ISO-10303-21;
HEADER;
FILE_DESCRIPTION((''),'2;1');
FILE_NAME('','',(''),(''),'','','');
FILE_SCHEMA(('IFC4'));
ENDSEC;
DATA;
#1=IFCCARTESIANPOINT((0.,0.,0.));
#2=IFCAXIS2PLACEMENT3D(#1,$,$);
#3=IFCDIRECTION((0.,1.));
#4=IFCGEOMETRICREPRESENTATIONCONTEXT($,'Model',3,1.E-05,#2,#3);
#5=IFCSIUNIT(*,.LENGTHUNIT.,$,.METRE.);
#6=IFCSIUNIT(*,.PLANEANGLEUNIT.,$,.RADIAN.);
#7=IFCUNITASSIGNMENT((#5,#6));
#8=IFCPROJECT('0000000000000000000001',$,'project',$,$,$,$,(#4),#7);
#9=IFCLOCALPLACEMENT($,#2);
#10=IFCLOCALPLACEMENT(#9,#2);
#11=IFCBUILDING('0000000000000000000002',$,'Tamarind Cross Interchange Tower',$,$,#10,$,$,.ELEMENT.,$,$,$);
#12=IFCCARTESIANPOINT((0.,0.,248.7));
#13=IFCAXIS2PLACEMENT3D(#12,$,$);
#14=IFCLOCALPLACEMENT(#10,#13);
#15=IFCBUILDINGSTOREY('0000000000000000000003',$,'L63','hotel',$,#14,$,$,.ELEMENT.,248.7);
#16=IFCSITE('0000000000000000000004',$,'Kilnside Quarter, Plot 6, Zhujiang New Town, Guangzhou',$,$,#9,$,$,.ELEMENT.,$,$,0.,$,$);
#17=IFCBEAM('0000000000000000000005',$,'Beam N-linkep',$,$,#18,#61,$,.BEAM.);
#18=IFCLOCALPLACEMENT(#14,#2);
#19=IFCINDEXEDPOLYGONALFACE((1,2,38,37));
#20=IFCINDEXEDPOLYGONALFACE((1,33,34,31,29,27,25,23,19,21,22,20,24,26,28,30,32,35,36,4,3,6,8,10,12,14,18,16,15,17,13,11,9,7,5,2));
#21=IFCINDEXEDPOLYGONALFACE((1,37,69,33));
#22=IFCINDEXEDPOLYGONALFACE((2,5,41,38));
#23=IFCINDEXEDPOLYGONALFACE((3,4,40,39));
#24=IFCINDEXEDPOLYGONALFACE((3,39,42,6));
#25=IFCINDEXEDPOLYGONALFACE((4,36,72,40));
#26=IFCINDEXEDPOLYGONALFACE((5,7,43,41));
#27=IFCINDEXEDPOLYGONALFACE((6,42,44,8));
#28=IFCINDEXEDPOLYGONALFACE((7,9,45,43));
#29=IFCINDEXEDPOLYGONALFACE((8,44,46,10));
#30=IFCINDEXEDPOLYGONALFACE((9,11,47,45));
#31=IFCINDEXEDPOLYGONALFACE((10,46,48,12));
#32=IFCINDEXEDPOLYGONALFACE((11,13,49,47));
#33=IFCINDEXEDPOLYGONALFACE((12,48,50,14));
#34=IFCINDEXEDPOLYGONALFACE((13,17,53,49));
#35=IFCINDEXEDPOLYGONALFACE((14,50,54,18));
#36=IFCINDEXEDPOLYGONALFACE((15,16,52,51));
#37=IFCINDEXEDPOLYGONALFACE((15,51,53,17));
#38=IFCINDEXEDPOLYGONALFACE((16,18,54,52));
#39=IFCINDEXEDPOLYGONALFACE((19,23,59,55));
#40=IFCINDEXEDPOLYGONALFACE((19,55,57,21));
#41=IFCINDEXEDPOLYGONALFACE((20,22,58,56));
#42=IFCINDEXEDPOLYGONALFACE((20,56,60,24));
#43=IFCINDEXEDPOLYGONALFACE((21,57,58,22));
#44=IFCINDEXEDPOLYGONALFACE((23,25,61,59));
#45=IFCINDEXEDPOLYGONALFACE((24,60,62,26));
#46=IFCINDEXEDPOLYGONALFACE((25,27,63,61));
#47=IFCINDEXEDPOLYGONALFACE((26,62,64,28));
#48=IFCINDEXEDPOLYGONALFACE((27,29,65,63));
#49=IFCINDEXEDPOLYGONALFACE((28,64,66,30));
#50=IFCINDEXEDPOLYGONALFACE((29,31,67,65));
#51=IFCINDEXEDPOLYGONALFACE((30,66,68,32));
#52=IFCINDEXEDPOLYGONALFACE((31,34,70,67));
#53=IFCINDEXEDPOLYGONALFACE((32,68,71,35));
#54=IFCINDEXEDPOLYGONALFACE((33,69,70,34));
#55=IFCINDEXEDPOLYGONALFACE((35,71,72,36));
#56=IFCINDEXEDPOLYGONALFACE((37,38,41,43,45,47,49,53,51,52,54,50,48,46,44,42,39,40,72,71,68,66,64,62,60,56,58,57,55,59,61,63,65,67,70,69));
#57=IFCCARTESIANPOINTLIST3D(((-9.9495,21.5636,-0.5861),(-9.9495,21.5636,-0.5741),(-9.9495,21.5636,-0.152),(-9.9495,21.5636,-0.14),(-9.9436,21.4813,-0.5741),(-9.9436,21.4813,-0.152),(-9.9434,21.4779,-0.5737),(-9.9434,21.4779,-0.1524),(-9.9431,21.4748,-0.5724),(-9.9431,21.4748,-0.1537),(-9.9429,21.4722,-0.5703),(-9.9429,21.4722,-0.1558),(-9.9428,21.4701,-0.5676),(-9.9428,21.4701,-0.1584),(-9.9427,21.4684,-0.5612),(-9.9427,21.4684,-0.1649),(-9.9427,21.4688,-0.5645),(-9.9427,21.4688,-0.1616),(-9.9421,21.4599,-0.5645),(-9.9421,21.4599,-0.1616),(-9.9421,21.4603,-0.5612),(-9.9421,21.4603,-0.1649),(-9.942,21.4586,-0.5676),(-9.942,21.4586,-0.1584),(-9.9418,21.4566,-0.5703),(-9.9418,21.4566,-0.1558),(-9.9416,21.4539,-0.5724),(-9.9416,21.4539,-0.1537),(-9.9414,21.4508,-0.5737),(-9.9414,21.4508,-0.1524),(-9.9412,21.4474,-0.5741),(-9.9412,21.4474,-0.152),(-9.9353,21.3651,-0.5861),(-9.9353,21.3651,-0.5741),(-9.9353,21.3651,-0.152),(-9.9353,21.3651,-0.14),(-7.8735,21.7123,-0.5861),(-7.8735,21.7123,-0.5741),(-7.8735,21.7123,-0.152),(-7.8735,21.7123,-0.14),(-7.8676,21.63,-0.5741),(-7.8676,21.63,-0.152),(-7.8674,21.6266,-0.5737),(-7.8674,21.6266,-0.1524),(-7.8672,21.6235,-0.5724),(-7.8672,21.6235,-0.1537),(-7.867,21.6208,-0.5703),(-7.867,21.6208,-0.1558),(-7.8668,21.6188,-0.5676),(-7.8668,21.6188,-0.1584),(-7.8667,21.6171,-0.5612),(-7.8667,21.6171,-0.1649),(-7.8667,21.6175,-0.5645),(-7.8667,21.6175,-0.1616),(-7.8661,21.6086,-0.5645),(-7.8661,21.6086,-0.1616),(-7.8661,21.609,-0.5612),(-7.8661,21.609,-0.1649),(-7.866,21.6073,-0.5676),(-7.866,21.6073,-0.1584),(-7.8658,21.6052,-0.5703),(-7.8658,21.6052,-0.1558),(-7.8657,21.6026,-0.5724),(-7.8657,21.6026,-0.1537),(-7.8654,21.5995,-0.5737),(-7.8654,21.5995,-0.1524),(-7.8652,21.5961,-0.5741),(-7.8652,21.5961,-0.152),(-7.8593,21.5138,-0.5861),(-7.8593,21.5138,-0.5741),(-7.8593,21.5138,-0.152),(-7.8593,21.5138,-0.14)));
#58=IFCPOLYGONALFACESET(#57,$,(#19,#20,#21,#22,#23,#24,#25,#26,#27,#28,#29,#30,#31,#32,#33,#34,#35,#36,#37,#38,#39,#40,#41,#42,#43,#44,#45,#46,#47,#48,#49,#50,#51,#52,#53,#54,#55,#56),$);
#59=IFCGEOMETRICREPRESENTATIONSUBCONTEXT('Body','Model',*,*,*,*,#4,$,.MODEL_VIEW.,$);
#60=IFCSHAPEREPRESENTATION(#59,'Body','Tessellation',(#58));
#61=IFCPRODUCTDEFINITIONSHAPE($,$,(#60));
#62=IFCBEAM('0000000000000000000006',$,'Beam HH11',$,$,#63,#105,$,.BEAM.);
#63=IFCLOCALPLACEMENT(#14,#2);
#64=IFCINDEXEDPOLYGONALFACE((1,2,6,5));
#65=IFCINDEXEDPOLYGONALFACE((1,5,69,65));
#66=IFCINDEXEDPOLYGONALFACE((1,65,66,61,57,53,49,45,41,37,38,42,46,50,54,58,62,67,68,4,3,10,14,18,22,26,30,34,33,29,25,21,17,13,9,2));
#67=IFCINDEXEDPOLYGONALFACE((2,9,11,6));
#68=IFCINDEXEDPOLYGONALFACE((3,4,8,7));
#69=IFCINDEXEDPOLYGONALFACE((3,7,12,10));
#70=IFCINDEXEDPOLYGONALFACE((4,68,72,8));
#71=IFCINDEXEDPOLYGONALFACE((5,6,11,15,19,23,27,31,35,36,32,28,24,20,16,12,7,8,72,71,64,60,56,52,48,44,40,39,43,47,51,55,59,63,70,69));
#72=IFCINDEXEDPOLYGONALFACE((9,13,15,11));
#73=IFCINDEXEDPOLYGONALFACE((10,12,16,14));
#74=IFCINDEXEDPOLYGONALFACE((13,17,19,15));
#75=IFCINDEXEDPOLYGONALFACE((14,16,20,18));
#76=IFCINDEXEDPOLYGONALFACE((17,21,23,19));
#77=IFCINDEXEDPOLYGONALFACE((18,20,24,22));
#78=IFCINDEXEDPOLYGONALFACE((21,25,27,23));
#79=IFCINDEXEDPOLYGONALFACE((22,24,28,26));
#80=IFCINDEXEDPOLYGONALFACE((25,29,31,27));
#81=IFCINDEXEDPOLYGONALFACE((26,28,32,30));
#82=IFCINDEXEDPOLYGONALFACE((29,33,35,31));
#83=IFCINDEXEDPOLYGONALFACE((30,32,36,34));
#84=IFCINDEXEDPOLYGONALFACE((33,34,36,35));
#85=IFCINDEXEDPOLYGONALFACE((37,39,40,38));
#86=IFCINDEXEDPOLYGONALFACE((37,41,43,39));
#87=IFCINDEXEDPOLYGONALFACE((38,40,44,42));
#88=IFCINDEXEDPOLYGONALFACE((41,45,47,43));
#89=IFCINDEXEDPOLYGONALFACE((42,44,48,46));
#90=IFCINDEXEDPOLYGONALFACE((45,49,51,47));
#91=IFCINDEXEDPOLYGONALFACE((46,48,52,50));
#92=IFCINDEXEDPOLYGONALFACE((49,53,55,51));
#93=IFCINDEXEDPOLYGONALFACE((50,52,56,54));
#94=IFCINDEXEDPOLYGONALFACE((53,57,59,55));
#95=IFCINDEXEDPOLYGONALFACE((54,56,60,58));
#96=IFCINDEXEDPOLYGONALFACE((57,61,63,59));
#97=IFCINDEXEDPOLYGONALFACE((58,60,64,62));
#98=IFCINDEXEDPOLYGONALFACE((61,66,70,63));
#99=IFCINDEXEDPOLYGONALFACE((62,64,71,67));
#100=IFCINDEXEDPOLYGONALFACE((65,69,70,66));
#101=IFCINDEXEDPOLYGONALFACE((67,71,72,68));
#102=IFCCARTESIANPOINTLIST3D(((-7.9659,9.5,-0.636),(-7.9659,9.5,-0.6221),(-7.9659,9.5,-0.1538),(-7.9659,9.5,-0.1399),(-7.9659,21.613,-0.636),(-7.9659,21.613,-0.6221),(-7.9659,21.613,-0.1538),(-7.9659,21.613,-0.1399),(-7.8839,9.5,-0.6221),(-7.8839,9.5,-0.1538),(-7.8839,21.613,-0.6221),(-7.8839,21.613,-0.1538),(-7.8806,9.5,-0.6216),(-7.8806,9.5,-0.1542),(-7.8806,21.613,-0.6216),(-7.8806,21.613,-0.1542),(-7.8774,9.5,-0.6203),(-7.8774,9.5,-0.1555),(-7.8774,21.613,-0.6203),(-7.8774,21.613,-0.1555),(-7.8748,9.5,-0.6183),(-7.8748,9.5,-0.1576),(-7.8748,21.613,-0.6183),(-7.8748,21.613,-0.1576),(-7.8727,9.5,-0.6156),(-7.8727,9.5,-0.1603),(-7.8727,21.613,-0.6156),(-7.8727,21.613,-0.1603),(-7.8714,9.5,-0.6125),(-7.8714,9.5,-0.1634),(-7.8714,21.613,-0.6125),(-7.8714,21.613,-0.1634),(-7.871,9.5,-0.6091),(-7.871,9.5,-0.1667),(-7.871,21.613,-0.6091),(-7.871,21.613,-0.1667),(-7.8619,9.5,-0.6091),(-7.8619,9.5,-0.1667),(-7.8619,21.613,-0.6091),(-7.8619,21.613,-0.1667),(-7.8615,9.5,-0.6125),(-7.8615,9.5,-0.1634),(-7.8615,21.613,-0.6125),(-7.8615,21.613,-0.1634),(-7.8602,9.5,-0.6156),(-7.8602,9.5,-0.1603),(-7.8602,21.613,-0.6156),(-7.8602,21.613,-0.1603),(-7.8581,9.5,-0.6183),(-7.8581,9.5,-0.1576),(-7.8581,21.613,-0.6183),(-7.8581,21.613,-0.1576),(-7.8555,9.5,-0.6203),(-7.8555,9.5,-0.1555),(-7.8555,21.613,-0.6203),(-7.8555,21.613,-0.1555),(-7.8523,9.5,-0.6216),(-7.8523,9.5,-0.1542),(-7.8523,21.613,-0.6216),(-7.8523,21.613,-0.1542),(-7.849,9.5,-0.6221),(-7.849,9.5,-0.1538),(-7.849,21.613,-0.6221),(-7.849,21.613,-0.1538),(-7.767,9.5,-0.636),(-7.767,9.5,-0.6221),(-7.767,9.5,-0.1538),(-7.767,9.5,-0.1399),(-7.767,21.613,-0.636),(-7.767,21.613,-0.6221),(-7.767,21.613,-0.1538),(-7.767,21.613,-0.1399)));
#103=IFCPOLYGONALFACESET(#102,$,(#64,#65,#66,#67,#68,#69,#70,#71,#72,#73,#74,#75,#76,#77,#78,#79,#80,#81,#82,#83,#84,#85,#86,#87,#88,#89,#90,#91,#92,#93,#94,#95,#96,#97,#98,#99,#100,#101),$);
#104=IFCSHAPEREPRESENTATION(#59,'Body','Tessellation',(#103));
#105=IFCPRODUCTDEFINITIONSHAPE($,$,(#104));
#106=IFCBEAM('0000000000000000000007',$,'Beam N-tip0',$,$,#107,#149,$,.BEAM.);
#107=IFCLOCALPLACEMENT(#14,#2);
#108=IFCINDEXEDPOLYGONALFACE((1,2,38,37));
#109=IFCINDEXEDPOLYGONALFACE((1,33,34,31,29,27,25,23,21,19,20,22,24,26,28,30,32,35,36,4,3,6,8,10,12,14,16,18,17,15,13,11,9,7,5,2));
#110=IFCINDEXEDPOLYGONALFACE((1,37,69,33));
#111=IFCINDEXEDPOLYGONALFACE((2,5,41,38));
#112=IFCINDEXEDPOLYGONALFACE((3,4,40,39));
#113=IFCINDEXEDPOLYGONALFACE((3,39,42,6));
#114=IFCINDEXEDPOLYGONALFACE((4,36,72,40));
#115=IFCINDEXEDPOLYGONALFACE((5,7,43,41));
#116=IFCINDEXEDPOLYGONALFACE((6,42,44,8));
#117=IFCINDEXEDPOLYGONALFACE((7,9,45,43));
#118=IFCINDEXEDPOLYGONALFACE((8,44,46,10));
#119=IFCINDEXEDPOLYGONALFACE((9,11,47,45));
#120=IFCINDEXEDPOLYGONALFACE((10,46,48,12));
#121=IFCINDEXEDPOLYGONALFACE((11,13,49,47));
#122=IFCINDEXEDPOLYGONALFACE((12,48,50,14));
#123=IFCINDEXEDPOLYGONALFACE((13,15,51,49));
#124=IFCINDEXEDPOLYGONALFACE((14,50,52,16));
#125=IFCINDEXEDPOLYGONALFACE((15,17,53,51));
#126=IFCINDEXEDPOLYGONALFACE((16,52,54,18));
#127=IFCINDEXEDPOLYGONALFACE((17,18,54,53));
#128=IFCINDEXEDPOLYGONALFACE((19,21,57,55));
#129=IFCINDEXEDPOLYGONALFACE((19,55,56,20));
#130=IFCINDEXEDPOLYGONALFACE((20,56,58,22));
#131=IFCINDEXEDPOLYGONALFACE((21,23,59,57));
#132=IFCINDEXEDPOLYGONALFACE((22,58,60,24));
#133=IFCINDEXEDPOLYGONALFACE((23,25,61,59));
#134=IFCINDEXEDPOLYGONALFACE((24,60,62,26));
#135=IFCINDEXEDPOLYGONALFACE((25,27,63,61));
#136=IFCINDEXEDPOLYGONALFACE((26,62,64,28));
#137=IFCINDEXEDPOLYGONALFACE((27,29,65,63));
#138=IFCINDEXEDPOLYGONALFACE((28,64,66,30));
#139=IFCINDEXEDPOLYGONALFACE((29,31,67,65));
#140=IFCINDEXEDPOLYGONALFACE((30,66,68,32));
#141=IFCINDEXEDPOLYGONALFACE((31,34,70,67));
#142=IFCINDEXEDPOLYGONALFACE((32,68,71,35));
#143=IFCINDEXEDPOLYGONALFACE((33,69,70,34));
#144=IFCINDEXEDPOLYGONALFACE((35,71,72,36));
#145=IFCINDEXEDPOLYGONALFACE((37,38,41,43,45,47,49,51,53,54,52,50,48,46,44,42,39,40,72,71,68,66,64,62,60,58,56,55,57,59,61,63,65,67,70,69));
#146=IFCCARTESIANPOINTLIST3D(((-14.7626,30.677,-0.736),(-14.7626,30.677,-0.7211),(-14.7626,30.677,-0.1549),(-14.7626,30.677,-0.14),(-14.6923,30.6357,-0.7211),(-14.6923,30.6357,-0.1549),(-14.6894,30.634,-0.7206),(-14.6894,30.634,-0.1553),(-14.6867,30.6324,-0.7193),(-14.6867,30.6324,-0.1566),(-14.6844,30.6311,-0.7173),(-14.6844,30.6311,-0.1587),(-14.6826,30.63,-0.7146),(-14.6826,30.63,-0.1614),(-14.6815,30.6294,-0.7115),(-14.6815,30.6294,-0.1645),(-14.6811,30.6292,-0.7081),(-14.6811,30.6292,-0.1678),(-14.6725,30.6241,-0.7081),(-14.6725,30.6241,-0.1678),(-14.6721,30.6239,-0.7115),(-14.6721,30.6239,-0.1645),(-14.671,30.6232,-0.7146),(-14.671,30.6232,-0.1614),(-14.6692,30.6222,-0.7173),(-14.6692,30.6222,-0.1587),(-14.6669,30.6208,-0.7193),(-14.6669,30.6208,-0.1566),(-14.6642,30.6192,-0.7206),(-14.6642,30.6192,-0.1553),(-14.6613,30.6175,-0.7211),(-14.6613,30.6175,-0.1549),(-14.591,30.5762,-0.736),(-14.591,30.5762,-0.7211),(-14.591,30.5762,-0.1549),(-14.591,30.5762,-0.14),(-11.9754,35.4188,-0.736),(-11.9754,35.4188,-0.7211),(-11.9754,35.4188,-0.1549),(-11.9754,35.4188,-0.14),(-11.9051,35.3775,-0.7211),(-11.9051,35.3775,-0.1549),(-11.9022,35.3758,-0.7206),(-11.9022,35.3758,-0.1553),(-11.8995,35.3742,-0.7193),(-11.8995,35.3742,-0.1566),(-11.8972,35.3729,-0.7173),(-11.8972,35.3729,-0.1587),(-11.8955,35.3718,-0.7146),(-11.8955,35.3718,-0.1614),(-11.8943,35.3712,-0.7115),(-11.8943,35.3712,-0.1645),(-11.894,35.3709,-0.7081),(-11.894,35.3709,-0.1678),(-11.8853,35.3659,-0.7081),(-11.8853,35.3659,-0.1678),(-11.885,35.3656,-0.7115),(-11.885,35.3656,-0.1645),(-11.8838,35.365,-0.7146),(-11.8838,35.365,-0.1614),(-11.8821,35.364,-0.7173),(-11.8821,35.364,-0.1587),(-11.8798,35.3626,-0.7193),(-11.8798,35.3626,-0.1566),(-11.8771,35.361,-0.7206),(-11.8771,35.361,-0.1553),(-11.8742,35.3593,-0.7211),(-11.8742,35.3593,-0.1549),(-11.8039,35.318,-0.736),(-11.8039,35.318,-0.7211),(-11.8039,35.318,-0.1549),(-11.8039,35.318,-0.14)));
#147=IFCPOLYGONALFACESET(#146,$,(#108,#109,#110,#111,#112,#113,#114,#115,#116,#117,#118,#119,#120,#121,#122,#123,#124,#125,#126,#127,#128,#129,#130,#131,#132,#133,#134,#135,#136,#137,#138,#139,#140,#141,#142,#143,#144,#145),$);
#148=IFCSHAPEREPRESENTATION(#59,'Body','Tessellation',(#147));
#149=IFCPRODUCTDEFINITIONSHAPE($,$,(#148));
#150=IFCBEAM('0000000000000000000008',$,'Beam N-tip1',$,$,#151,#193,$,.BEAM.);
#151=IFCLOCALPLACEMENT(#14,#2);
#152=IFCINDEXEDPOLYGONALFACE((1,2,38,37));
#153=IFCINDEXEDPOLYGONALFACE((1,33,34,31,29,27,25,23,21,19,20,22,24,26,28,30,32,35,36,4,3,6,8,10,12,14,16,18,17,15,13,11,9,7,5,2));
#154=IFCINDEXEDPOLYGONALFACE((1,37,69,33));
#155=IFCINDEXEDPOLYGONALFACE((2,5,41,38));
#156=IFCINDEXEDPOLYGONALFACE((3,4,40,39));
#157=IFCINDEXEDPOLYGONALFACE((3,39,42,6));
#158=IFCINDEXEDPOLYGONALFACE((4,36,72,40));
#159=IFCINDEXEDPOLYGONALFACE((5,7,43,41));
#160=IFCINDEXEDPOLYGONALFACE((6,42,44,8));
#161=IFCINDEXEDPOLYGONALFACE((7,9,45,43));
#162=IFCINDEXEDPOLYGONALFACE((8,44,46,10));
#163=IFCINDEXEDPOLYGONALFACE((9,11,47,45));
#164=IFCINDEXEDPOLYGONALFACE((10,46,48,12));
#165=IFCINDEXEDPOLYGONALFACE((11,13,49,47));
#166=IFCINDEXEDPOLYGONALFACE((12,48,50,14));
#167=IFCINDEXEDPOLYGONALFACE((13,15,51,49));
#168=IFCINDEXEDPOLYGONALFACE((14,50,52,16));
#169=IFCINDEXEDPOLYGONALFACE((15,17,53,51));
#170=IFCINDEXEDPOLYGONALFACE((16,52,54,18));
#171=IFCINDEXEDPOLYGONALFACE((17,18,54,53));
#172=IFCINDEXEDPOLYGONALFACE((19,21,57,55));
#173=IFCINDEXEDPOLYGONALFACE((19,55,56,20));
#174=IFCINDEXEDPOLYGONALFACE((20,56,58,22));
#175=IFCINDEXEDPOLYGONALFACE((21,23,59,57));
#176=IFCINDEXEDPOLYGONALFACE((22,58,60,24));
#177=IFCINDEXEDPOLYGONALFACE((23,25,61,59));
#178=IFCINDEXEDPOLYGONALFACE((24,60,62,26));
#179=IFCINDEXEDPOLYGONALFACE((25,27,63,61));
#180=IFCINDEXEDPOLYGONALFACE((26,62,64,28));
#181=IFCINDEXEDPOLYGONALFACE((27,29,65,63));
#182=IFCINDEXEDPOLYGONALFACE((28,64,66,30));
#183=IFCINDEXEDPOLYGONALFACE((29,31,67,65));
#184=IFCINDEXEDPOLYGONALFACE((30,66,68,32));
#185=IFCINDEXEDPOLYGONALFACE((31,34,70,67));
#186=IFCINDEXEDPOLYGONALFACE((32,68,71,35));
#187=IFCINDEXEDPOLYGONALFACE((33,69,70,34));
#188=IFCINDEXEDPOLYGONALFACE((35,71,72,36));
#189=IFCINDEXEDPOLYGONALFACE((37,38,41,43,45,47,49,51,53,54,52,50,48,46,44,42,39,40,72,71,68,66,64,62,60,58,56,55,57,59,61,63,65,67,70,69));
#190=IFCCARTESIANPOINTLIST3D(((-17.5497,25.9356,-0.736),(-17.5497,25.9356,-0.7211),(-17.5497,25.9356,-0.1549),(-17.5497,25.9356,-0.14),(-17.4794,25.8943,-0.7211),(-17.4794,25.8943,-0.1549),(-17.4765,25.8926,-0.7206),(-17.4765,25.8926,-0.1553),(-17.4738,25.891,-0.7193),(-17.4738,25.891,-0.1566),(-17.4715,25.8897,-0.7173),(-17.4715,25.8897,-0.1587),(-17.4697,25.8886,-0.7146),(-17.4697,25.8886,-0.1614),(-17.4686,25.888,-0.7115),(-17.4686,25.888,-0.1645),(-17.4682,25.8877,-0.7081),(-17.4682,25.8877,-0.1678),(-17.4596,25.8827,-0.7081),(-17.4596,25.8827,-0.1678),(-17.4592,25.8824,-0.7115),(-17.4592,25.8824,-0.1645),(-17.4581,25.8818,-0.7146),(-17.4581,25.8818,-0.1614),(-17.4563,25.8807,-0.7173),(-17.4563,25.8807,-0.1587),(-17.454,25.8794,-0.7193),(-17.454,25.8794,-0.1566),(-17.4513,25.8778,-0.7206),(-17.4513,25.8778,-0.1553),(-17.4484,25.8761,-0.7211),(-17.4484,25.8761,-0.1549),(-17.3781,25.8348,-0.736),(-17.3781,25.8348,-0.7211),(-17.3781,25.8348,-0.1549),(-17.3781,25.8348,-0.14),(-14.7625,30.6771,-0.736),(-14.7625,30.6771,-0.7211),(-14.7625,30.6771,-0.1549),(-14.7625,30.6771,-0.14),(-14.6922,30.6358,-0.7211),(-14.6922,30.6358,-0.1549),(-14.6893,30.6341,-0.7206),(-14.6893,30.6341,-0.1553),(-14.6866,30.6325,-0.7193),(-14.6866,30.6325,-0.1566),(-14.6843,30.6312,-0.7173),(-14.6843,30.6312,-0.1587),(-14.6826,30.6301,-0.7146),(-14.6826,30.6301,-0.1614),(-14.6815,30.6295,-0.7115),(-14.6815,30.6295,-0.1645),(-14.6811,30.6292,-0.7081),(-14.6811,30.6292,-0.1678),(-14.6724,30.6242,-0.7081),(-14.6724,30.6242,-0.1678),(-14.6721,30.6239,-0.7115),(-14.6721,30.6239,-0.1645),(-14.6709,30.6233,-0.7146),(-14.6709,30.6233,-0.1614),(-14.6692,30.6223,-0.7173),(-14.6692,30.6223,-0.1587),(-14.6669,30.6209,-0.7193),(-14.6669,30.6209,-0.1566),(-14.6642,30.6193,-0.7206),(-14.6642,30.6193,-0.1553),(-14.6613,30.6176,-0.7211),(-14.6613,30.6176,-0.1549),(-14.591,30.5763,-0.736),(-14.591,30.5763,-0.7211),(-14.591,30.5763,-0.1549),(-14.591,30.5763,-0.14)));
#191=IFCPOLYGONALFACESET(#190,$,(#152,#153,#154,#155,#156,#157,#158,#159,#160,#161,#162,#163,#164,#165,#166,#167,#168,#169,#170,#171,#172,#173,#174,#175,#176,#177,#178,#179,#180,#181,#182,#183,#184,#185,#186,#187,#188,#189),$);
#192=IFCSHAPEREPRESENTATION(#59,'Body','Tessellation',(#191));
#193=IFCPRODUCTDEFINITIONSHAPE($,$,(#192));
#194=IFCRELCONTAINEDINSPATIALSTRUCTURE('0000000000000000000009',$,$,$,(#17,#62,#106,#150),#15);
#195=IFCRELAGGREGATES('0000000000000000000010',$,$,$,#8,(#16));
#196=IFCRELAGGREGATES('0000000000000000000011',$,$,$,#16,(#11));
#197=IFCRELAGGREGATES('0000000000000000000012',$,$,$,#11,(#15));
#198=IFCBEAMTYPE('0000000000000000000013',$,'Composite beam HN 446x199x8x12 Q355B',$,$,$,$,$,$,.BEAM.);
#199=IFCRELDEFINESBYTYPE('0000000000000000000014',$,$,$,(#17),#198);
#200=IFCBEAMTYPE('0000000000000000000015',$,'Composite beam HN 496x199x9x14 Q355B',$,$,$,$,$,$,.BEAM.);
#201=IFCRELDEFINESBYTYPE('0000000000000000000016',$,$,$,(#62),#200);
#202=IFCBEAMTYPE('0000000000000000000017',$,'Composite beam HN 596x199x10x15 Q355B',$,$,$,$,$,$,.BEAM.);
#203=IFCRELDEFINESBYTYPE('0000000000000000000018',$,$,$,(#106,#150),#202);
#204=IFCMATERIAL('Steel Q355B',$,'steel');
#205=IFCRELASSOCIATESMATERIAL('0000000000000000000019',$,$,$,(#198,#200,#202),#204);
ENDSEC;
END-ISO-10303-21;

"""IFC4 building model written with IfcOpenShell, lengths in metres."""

from ifc_helpers import new_model, si_unit, direction, frame, origin, origin_2d, place, context, subcontext, project, spatial, i_section, extrude, material, material_profile, profile_set, type_object, element, save


model = new_model("IFC4")

# Units and contexts
model_context = context("Model", 3, precision=1e-05, world=origin(), true_north=direction((0.0, 1.0)))
body_context = subcontext(model_context, "Body", "Model", "MODEL_VIEW")
ifc_project = project(units=[si_unit("LENGTHUNIT", "METRE"), si_unit("PLANEANGLEUNIT", "RADIAN")], contexts=[model_context])

# Site, building, storey
site_placement = place(None, origin())
site = spatial("IfcSite", under=ifc_project, at=site_placement, Name="Kilnside Quarter, Plot 6, Zhujiang New Town, Guangzhou", CompositionType="ELEMENT", RefElevation=0.0)
building_placement = place(site_placement, origin())
building = spatial("IfcBuilding", under=site, at=building_placement, Name="Tamarind Cross Interchange Tower", CompositionType="ELEMENT")
storey_placement = place(building_placement, frame((0.0, 0.0, 248.7)))
storey = spatial("IfcBuildingStorey", under=building, at=storey_placement, Name="L63", Description="hotel", CompositionType="ELEMENT", Elevation=248.7)

# Beams
ifc_material_1 = material(Name="Steel Q355B", Category="steel")
ifc_material_profile_1 = material_profile(ifc_material_1, i_section(OverallWidth=0.199, OverallDepth=0.446, WebThickness=0.0081, FlangeThickness=0.012, FilletRadius=0.0129, at=origin_2d()), Name="HN 446x199x8x12")
ifc_profile_set_1 = profile_set([ifc_material_profile_1], Name="Steel Q355B")
beam_type_1 = type_object("IfcBeamType", Name="Composite beam HN 446x199x8x12 Q355B", PredefinedType="BEAM", material=ifc_profile_set_1)
beam_1_placement = place(storey_placement, frame((-9.9424, 21.4644, -0.363), z_axis=(0.997445, 0.071439, 0.0), x_axis=(-0.071439, 0.997445, 0.0)))
element("IfcBeam", 1, at=beam_1_placement, inside=storey, type_object=beam_type_1, Name="Beam N-linkep", PredefinedType="BEAM", context=body_context, shape_type="SweptSolid", body=[
    extrude(i_section(OverallWidth=0.199, OverallDepth=0.446, WebThickness=0.0081, FlangeThickness=0.012, FilletRadius=0.0129, at=origin_2d()), origin(), (0.0, 0.0, 1.0), 2.0813),
])
ifc_material_profile_2 = material_profile(ifc_material_1, i_section(OverallWidth=0.199, OverallDepth=0.4961, WebThickness=0.009, FlangeThickness=0.0139, FilletRadius=0.0129, at=origin_2d()), Name="HN 496x199x9x14")
ifc_profile_set_2 = profile_set([ifc_material_profile_2], Name="Steel Q355B")
beam_type_2 = type_object("IfcBeamType", Name="Composite beam HN 496x199x9x14 Q355B", PredefinedType="BEAM", material=ifc_profile_set_2)
beam_2_placement = place(storey_placement, frame((-7.8665, 21.613, -0.3879), z_axis=(0.0, -1.0, 0.0), x_axis=(1.0, 0.0, 0.0)))
element("IfcBeam", 2, at=beam_2_placement, inside=storey, type_object=beam_type_2, Name="Beam HH11", PredefinedType="BEAM", context=body_context, shape_type="SweptSolid", body=[
    extrude(i_section(OverallWidth=0.199, OverallDepth=0.4961, WebThickness=0.009, FlangeThickness=0.0139, FilletRadius=0.0129, at=origin_2d()), origin(), (0.0, 0.0, 1.0), 12.113),
])
ifc_material_profile_3 = material_profile(ifc_material_1, i_section(OverallWidth=0.199, OverallDepth=0.5959, WebThickness=0.01, FlangeThickness=0.0149, FilletRadius=0.0129, at=origin_2d()), Name="HN 596x199x10x15")
ifc_profile_set_3 = profile_set([ifc_material_profile_3], Name="Steel Q355B")
beam_type_3 = type_object("IfcBeamType", Name="Composite beam HN 596x199x10x15 Q355B", PredefinedType="BEAM", material=ifc_profile_set_3)
beam_3_placement = place(storey_placement, frame((-11.8896, 35.3684, -0.438), z_axis=(-0.506733, -0.862103, 0.0), x_axis=(0.862103, -0.506733, 0.0)))
element("IfcBeam", 3, at=beam_3_placement, inside=storey, type_object=beam_type_3, Name="Beam N-tip0", PredefinedType="BEAM", context=body_context, shape_type="SweptSolid", body=[
    extrude(i_section(OverallWidth=0.199, OverallDepth=0.5959, WebThickness=0.01, FlangeThickness=0.0149, FilletRadius=0.0129, at=origin_2d()), origin(), (0.0, 0.0, 1.0), 5.5002),
])
beam_4_placement = place(storey_placement, frame((-14.6768, 30.6267, -0.438), z_axis=(-0.506752, -0.862092, 0.0), x_axis=(0.862092, -0.506752, 0.0)))
element("IfcBeam", 4, at=beam_4_placement, inside=storey, type_object=beam_type_3, Name="Beam N-tip1", PredefinedType="BEAM", context=body_context, shape_type="SweptSolid", body=[
    extrude(i_section(OverallWidth=0.199, OverallDepth=0.5959, WebThickness=0.01, FlangeThickness=0.0149, FilletRadius=0.0129, at=origin_2d()), origin(), (0.0, 0.0, 1.0), 5.5),
])

save(model, "model.ifc")
